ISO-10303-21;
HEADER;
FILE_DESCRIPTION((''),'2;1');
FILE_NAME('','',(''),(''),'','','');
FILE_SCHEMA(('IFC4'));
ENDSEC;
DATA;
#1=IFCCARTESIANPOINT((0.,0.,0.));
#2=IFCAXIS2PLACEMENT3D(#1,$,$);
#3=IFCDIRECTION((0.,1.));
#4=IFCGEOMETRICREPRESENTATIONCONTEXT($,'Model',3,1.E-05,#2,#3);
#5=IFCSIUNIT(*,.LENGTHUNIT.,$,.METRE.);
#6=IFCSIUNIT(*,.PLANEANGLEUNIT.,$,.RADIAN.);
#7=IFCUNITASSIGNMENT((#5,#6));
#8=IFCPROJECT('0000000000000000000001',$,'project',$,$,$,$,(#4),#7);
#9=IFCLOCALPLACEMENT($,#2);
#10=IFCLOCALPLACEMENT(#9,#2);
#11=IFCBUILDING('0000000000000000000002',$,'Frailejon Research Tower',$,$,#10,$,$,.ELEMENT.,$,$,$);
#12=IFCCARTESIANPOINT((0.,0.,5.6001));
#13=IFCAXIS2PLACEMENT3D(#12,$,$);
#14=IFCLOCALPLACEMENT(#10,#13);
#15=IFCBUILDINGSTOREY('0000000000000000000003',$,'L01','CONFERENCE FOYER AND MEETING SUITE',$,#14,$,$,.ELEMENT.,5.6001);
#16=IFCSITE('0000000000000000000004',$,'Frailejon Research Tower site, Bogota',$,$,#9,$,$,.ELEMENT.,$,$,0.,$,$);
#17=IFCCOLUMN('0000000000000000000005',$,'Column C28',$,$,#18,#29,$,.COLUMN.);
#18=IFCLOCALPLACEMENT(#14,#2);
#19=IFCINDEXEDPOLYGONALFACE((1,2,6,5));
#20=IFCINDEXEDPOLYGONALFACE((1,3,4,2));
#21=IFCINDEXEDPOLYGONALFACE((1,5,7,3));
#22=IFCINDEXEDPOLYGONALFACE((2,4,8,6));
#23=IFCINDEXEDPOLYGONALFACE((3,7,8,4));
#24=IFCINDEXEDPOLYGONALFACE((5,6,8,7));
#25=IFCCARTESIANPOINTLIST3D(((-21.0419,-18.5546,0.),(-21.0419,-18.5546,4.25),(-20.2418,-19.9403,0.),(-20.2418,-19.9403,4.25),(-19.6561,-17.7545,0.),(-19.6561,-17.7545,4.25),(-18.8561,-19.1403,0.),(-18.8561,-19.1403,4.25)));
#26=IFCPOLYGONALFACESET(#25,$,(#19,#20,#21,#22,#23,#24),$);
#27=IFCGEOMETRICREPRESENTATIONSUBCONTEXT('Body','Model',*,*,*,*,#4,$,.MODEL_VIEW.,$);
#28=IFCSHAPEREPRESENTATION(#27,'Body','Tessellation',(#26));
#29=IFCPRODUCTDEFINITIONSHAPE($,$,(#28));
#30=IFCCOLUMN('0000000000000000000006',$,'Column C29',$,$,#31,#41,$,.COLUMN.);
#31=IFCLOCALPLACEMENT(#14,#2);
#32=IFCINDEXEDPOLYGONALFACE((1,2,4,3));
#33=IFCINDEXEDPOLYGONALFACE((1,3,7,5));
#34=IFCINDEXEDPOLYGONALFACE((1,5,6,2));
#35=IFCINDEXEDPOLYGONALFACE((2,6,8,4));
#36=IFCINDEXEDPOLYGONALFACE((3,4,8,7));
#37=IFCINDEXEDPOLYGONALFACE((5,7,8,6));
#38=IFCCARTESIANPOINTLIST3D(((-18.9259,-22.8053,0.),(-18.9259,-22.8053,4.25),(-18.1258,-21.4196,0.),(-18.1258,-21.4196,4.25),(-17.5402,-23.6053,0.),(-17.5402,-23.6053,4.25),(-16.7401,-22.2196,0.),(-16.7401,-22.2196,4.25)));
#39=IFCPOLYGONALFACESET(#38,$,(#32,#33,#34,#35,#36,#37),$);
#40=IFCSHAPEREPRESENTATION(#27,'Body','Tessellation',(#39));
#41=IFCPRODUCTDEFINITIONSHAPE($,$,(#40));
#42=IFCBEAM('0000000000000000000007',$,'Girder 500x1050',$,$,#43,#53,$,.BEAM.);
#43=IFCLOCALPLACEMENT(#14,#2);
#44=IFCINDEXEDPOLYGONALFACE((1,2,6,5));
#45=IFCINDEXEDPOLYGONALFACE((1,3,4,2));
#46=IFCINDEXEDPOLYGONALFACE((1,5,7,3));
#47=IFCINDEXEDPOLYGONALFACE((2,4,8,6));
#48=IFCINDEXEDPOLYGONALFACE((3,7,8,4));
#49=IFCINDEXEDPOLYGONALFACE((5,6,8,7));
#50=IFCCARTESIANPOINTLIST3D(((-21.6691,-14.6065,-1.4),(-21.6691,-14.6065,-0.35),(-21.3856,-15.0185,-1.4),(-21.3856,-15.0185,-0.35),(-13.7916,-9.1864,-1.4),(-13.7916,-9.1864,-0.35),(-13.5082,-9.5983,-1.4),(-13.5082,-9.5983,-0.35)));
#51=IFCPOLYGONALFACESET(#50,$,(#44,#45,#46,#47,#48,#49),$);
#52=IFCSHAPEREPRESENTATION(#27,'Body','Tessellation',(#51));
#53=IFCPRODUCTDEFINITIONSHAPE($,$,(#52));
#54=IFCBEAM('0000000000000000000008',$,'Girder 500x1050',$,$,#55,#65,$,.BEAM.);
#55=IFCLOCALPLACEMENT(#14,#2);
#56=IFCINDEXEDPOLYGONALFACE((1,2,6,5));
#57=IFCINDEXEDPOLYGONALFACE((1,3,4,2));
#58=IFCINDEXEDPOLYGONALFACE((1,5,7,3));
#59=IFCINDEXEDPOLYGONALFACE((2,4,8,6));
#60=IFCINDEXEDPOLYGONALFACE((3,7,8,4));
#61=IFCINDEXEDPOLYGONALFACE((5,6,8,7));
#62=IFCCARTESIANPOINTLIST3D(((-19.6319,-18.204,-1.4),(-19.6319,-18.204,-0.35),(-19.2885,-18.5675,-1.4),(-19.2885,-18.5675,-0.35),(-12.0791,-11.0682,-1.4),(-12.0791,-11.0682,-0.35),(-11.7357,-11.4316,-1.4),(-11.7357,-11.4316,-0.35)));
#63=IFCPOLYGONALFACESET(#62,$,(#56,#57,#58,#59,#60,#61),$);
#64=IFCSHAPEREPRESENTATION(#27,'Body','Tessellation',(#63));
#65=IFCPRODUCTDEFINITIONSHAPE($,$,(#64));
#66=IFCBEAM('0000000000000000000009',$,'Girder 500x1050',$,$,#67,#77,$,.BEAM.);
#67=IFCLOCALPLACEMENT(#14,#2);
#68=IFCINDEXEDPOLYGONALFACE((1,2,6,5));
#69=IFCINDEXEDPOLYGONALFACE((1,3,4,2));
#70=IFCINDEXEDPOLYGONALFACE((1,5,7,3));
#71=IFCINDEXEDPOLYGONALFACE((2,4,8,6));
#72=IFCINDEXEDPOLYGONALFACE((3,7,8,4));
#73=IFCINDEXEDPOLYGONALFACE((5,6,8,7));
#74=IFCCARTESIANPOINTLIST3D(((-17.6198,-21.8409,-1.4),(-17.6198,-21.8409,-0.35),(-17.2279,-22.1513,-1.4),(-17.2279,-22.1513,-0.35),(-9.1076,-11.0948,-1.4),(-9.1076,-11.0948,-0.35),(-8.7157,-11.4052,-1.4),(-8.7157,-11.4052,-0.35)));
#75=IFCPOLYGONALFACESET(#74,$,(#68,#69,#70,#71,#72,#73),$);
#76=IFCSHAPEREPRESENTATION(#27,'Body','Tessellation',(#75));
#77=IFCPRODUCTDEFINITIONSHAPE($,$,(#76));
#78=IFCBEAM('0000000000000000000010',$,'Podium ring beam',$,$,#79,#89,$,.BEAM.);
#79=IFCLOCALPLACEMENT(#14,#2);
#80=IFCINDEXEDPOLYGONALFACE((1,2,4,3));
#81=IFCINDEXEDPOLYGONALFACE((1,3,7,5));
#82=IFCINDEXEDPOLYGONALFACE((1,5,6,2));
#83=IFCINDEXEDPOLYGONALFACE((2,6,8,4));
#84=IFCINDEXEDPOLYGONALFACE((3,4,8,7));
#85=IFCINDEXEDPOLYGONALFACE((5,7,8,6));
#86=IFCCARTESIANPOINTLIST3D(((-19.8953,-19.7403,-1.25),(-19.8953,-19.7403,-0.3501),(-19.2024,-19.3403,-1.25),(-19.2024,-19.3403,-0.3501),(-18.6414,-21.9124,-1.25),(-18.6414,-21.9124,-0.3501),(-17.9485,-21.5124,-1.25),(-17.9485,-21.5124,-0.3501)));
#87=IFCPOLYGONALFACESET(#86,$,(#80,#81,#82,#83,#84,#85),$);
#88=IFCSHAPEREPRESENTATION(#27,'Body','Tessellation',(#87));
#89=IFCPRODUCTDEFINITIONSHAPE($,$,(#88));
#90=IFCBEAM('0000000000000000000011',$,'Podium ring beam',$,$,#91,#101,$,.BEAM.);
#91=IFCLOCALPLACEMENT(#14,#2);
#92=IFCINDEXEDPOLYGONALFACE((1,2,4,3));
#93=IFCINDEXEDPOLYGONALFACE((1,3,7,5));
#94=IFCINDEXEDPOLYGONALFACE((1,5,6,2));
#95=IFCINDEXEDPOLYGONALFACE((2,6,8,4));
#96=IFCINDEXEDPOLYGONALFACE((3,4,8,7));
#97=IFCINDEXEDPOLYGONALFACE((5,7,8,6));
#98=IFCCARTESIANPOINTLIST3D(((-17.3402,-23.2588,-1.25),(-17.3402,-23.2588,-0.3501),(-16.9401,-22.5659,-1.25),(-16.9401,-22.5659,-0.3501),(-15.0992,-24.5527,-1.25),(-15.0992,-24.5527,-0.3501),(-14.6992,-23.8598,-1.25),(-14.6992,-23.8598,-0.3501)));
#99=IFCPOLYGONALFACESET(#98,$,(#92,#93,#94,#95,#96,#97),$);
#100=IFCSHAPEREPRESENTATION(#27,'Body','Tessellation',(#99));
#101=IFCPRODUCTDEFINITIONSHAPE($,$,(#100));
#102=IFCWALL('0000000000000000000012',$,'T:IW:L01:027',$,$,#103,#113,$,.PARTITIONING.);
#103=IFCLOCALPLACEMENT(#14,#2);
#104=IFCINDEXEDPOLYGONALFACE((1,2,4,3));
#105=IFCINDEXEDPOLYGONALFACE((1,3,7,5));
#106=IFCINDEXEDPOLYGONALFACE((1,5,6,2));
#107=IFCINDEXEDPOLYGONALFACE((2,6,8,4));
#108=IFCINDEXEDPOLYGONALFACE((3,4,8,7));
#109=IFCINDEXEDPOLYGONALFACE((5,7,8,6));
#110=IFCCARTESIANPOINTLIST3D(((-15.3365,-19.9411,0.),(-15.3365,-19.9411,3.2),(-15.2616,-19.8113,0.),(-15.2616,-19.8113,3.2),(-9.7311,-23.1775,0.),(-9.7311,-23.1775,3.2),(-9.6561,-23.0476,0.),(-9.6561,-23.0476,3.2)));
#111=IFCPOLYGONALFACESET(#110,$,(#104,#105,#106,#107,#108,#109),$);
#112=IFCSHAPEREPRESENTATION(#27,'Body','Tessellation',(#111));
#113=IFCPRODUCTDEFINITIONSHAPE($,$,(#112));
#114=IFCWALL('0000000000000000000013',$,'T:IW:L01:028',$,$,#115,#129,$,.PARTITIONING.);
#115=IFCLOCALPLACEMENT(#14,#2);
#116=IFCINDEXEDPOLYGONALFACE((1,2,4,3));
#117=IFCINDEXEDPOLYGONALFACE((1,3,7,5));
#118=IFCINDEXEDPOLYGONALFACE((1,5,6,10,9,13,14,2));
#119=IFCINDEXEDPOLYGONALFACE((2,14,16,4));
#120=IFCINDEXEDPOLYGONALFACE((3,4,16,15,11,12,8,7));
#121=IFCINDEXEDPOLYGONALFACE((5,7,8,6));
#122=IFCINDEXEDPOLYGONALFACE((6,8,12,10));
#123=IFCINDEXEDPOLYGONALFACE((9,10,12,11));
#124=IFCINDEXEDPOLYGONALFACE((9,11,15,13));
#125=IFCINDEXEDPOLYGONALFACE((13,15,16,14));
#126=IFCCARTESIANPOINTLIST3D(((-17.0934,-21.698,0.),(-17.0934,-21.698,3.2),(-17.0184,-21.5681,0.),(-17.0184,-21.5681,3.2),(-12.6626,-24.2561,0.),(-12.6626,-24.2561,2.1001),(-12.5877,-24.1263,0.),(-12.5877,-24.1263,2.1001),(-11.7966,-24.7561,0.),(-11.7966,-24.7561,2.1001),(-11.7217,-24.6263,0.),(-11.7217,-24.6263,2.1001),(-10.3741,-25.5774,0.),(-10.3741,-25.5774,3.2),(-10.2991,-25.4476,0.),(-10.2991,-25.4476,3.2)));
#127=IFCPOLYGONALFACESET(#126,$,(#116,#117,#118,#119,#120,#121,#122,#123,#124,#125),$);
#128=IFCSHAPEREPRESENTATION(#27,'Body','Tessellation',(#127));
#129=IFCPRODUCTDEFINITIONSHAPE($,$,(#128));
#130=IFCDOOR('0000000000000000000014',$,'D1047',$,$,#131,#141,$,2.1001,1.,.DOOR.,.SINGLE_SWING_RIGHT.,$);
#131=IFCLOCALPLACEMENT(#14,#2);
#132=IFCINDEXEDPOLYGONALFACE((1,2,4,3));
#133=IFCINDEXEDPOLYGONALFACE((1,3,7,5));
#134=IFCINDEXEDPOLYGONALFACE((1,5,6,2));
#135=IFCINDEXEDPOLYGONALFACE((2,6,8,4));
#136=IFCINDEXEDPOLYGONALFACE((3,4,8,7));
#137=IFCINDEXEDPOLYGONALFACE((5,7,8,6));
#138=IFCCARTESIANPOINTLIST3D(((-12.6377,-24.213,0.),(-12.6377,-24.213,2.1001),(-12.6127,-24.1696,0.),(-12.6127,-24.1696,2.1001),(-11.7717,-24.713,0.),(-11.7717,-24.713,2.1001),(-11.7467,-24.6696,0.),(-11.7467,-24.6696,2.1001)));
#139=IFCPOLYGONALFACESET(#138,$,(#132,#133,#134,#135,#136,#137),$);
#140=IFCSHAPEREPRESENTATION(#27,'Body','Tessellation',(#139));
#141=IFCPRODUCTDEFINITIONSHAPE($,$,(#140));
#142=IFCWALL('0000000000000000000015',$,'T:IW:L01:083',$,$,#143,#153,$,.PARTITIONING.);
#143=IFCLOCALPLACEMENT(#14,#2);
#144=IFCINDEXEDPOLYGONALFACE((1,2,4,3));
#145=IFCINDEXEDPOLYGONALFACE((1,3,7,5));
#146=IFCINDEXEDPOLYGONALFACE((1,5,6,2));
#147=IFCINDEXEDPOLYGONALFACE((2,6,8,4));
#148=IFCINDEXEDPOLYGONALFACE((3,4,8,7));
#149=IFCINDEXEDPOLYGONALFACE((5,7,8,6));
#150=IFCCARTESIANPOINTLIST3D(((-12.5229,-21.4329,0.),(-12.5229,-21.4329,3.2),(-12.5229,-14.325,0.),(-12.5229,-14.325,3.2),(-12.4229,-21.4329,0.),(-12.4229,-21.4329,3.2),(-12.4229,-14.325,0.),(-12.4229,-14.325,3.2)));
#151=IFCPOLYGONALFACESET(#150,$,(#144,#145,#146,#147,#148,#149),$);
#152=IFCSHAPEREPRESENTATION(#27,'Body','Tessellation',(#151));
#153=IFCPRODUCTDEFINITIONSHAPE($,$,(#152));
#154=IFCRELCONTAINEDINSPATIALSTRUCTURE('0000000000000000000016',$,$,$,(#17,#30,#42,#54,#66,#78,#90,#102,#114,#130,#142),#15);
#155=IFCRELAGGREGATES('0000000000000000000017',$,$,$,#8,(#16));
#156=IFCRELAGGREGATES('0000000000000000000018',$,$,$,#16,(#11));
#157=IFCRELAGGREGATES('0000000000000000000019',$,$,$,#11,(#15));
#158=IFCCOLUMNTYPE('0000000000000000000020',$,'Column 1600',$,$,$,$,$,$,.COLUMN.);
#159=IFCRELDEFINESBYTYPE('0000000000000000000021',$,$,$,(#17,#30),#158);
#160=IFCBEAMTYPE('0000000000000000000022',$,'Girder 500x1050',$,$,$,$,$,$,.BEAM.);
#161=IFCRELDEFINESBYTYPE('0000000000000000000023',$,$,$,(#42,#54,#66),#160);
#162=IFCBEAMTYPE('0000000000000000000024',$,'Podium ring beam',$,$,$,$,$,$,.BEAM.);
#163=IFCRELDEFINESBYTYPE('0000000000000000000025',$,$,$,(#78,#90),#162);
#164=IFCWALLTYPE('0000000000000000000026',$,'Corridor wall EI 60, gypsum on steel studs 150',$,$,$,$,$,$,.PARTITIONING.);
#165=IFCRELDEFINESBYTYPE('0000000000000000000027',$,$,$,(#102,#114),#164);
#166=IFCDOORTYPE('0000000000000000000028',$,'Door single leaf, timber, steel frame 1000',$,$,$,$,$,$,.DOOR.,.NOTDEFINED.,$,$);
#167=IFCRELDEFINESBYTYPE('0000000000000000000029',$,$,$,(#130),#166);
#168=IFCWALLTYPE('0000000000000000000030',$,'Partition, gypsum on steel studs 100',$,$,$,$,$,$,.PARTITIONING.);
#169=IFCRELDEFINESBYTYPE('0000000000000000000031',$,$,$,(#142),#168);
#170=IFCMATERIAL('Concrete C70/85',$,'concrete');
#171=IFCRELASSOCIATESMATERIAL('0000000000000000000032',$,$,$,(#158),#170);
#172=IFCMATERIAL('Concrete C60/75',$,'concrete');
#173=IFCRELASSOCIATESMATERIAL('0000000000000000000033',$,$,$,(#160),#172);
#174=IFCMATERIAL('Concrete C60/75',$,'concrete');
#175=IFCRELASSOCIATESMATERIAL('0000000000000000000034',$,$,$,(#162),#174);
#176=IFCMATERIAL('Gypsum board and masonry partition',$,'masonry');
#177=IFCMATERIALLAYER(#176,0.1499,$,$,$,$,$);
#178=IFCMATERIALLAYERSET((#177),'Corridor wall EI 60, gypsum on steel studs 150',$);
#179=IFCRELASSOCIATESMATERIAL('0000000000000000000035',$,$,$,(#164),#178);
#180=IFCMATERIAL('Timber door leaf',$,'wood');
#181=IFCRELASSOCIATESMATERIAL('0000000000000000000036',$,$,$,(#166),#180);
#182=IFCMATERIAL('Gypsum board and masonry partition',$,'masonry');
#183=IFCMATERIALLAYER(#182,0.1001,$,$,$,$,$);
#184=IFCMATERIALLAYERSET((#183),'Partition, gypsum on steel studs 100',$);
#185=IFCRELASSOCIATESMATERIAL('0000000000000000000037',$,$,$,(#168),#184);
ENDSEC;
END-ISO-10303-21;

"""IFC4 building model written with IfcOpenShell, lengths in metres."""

from ifc_helpers import new_model, si_unit, direction, frame, frame_2d, origin, origin_2d, place, context, subcontext, project, spatial, rectangle, extrude, material, layer, layer_set, material_profile, profile_set, type_object, element, fill, save


model = new_model("IFC4")

# Units and contexts
model_context = context("Model", 3, precision=1e-05, world=origin(), true_north=direction((0.0, 1.0)))
body_context = subcontext(model_context, "Body", "Model", "MODEL_VIEW")
ifc_project = project(units=[si_unit("LENGTHUNIT", "METRE"), si_unit("PLANEANGLEUNIT", "RADIAN")], contexts=[model_context])

# Site, building, storey
site_placement = place(None, origin())
site = spatial("IfcSite", under=ifc_project, at=site_placement, Name="Frailejon Research Tower site, Bogota", CompositionType="ELEMENT", RefElevation=0.0)
building_placement = place(site_placement, origin())
building = spatial("IfcBuilding", under=site, at=building_placement, Name="Frailejon Research Tower", CompositionType="ELEMENT")
storey_placement = place(building_placement, frame((0.0, 0.0, 5.6001)))
storey = spatial("IfcBuildingStorey", under=building, at=storey_placement, Name="L01", Description="CONFERENCE FOYER AND MEETING SUITE", CompositionType="ELEMENT", Elevation=5.6001)

# Columns
ifc_material_1 = material(Name="Concrete C70/85", Category="concrete")
ifc_material_profile_1 = material_profile(ifc_material_1, rectangle(XDim=1.6001, YDim=1.6001, at=origin_2d()), Name="Column 1600")
ifc_profile_set_1 = profile_set([ifc_material_profile_1], Name="Concrete C70/85")
column_type = type_object("IfcColumnType", Name="Column 1600", PredefinedType="COLUMN", material=ifc_profile_set_1)
for number, where, z_axis, x_axis, name in (
    (1, (-19.949, -18.8474, 0.0), (0.0, 0.0, 1.0), (0.5, -0.866025, 0.0), "Column C28"),
    (2, (-17.833, -22.5125, 0.0), (0.0, 0.0, 1.0), (0.866025, -0.5, 0.0), "Column C29"),
):
    element("IfcColumn", number, at=place(storey_placement, frame(where, z_axis=z_axis, x_axis=x_axis)), inside=storey, type_object=column_type, Name=name, PredefinedType="COLUMN", context=body_context, shape_type="SweptSolid", body=[
        extrude(rectangle(XDim=1.6001, YDim=1.6001, at=origin_2d()), origin(), (0.0, 0.0, 1.0), 4.25),
    ])

# Beams
ifc_material_2 = material(Name="Concrete C60/75", Category="concrete")
ifc_material_profile_2 = material_profile(ifc_material_2, rectangle(XDim=0.5, YDim=1.05, at=origin_2d()), Name="Girder 500x1050")
ifc_profile_set_2 = profile_set([ifc_material_profile_2], Name="Concrete C60/75")
beam_type_1 = type_object("IfcBeamType", Name="Girder 500x1050", PredefinedType="BEAM", material=ifc_profile_set_2)
beam_1_placement = place(storey_placement, frame((-21.5273, -14.8125, -0.875), z_axis=(0.823826, 0.566843, 0.0), x_axis=(-0.566843, 0.823826, 0.0)))
element("IfcBeam", 3, at=beam_1_placement, inside=storey, type_object=beam_type_1, Name="Girder 500x1050", PredefinedType="BEAM", context=body_context, shape_type="SweptSolid", body=[
    extrude(rectangle(XDim=0.5, YDim=1.05, at=origin_2d()), origin(), (0.0, 0.0, 1.0), 9.562),
])
beam_2_placement = place(storey_placement, frame((-19.4602, -18.3857, -0.875), z_axis=(0.726888, 0.686756, 0.0), x_axis=(-0.686756, 0.726888, 0.0)))
element("IfcBeam", 4, at=beam_2_placement, inside=storey, type_object=beam_type_1, Name="Girder 500x1050", PredefinedType="BEAM", context=body_context, shape_type="SweptSolid", body=[
    extrude(rectangle(XDim=0.5, YDim=1.05, at=origin_2d()), origin(), (0.0, 0.0, 1.0), 10.3906),
])
beam_3_placement = place(storey_placement, frame((-17.4238, -21.9961, -0.875), z_axis=(0.620922, 0.783872, 0.0), x_axis=(-0.783872, 0.620922, 0.0)))
element("IfcBeam", 5, at=beam_3_placement, inside=storey, type_object=beam_type_1, Name="Girder 500x1050", PredefinedType="BEAM", context=body_context, shape_type="SweptSolid", body=[
    extrude(rectangle(XDim=0.5, YDim=1.05, at=origin_2d()), origin(), (0.0, 0.0, 1.0), 13.709),
])
ifc_material_3 = material(Name="Concrete C60/75", Category="concrete")
ifc_material_profile_3 = material_profile(ifc_material_3, rectangle(XDim=0.8, YDim=0.8999, at=origin_2d()), Name="Podium ring beam")
ifc_profile_set_3 = profile_set([ifc_material_profile_3], Name="Concrete C60/75")
beam_type_2 = type_object("IfcBeamType", Name="Podium ring beam", PredefinedType="BEAM", material=ifc_profile_set_3)
beam_4_placement = place(storey_placement, frame((-19.5488, -19.5403, -0.8), z_axis=(0.49995, -0.866054, 0.0), x_axis=(0.866054, 0.49995, 0.0)))
element("IfcBeam", 6, at=beam_4_placement, inside=storey, type_object=beam_type_2, Name="Podium ring beam", PredefinedType="BEAM", context=body_context, shape_type="SweptSolid", body=[
    extrude(rectangle(XDim=0.8, YDim=0.8999, at=origin_2d()), origin(), (0.0, 0.0, 1.0), 2.5081),
])
beam_5_placement = place(storey_placement, frame((-17.1401, -22.9124, -0.8), z_axis=(0.866005, -0.500036, 0.0), x_axis=(0.500036, 0.866005, 0.0)))
element("IfcBeam", 7, at=beam_5_placement, inside=storey, type_object=beam_type_2, Name="Podium ring beam", PredefinedType="BEAM", context=body_context, shape_type="SweptSolid", body=[
    extrude(rectangle(XDim=0.8, YDim=0.8999, at=origin_2d()), origin(), (0.0, 0.0, 1.0), 2.5876),
])

# Wall
ifc_material_4 = material(Name="Gypsum board and masonry partition", Category="masonry")
ifc_layer_1 = layer(ifc_material_4, 0.1499)
ifc_layer_set_1 = layer_set([ifc_layer_1], Name="Corridor wall EI 60, gypsum on steel studs 150")
wall_type_1 = type_object("IfcWallType", Name="Corridor wall EI 60, gypsum on steel studs 150", PredefinedType="PARTITIONING", material=ifc_layer_set_1)
wall_1_placement = place(storey_placement, frame((-15.2991, -19.8762, 0.0), z_axis=(0.0, 0.0, 1.0), x_axis=(0.866025, -0.500001, 0.0)))
element("IfcWall", 8, at=wall_1_placement, inside=storey, type_object=wall_type_1, Name="T:IW:L01:027", PredefinedType="PARTITIONING", context=body_context, shape_type="SweptSolid", body=[
    extrude(rectangle(XDim=6.4727, YDim=0.1499, at=frame_2d((3.2363, 0.0))), origin(), (0.0, 0.0, 1.0), 3.2),
])

# Wall, opening, door
wall_2_placement = place(storey_placement, frame((-17.0559, -21.6331, 0.0), z_axis=(0.0, 0.0, 1.0), x_axis=(0.866023, -0.500004, 0.0)))
wall_2 = element("IfcWall", 9, at=wall_2_placement, inside=storey, type_object=wall_type_1, Name="T:IW:L01:028", PredefinedType="PARTITIONING", context=body_context, shape_type="SweptSolid", body=[
    extrude(rectangle(XDim=7.7588, YDim=0.1499, at=frame_2d((3.8794, 0.0))), origin(), (0.0, 0.0, 1.0), 3.2),
])
opening_placement = place(wall_2_placement, frame((5.1162, 0.0, 0.0)))
opening = element("IfcOpeningElement", 10, at=opening_placement, cuts=wall_2, PredefinedType="OPENING", context=body_context, shape_type="SweptSolid", body=[
    extrude(rectangle(XDim=1.0, YDim=2.1001, at=frame_2d((0.5, 1.05))), frame((0.0, 0.085, 0.0), z_axis=(0.0, -1.0, 0.0), x_axis=(1.0, 0.0, 0.0)), (0.0, 0.0, 1.0), 0.1699),
])
ifc_material_5 = material(Name="Timber door leaf", Category="wood")
door_type = type_object("IfcDoorType", Name="Door single leaf, timber, steel frame 1000", OperationType="NOTDEFINED", PredefinedType="DOOR", material=ifc_material_5)
door_placement = place(opening_placement, origin())
door = element("IfcDoor", 11, at=door_placement, inside=storey, type_object=door_type, Name="D1047", OperationType="SINGLE_SWING_RIGHT", OverallHeight=2.1001, OverallWidth=1.0, PredefinedType="DOOR", context=body_context, shape_type="SweptSolid", body=[
    extrude(rectangle(XDim=1.0, YDim=2.1001, at=frame_2d((0.5, 1.05))), frame((0.0, 0.0249, 0.0), z_axis=(0.0, -1.0, 0.0), x_axis=(1.0, 0.0, 0.0)), (0.0, 0.0, 1.0), 0.05),
])
fill(opening, door)

# Wall
ifc_material_6 = material(Name="Gypsum board and masonry partition", Category="masonry")
ifc_layer_2 = layer(ifc_material_6, 0.1001)
ifc_layer_set_2 = layer_set([ifc_layer_2], Name="Partition, gypsum on steel studs 100")
wall_type_2 = type_object("IfcWallType", Name="Partition, gypsum on steel studs 100", PredefinedType="PARTITIONING", material=ifc_layer_set_2)
wall_3_placement = place(storey_placement, frame((-12.4729, -21.4329, 0.0), z_axis=(0.0, 0.0, 1.0), x_axis=(0.0, 1.0, 0.0)))
element("IfcWall", 12, at=wall_3_placement, inside=storey, type_object=wall_type_2, Name="T:IW:L01:083", PredefinedType="PARTITIONING", context=body_context, shape_type="SweptSolid", body=[
    extrude(rectangle(XDim=7.1079, YDim=0.1001, at=frame_2d((3.554, 0.0))), origin(), (0.0, 0.0, 1.0), 3.2),
])

save(model, "model.ifc")
